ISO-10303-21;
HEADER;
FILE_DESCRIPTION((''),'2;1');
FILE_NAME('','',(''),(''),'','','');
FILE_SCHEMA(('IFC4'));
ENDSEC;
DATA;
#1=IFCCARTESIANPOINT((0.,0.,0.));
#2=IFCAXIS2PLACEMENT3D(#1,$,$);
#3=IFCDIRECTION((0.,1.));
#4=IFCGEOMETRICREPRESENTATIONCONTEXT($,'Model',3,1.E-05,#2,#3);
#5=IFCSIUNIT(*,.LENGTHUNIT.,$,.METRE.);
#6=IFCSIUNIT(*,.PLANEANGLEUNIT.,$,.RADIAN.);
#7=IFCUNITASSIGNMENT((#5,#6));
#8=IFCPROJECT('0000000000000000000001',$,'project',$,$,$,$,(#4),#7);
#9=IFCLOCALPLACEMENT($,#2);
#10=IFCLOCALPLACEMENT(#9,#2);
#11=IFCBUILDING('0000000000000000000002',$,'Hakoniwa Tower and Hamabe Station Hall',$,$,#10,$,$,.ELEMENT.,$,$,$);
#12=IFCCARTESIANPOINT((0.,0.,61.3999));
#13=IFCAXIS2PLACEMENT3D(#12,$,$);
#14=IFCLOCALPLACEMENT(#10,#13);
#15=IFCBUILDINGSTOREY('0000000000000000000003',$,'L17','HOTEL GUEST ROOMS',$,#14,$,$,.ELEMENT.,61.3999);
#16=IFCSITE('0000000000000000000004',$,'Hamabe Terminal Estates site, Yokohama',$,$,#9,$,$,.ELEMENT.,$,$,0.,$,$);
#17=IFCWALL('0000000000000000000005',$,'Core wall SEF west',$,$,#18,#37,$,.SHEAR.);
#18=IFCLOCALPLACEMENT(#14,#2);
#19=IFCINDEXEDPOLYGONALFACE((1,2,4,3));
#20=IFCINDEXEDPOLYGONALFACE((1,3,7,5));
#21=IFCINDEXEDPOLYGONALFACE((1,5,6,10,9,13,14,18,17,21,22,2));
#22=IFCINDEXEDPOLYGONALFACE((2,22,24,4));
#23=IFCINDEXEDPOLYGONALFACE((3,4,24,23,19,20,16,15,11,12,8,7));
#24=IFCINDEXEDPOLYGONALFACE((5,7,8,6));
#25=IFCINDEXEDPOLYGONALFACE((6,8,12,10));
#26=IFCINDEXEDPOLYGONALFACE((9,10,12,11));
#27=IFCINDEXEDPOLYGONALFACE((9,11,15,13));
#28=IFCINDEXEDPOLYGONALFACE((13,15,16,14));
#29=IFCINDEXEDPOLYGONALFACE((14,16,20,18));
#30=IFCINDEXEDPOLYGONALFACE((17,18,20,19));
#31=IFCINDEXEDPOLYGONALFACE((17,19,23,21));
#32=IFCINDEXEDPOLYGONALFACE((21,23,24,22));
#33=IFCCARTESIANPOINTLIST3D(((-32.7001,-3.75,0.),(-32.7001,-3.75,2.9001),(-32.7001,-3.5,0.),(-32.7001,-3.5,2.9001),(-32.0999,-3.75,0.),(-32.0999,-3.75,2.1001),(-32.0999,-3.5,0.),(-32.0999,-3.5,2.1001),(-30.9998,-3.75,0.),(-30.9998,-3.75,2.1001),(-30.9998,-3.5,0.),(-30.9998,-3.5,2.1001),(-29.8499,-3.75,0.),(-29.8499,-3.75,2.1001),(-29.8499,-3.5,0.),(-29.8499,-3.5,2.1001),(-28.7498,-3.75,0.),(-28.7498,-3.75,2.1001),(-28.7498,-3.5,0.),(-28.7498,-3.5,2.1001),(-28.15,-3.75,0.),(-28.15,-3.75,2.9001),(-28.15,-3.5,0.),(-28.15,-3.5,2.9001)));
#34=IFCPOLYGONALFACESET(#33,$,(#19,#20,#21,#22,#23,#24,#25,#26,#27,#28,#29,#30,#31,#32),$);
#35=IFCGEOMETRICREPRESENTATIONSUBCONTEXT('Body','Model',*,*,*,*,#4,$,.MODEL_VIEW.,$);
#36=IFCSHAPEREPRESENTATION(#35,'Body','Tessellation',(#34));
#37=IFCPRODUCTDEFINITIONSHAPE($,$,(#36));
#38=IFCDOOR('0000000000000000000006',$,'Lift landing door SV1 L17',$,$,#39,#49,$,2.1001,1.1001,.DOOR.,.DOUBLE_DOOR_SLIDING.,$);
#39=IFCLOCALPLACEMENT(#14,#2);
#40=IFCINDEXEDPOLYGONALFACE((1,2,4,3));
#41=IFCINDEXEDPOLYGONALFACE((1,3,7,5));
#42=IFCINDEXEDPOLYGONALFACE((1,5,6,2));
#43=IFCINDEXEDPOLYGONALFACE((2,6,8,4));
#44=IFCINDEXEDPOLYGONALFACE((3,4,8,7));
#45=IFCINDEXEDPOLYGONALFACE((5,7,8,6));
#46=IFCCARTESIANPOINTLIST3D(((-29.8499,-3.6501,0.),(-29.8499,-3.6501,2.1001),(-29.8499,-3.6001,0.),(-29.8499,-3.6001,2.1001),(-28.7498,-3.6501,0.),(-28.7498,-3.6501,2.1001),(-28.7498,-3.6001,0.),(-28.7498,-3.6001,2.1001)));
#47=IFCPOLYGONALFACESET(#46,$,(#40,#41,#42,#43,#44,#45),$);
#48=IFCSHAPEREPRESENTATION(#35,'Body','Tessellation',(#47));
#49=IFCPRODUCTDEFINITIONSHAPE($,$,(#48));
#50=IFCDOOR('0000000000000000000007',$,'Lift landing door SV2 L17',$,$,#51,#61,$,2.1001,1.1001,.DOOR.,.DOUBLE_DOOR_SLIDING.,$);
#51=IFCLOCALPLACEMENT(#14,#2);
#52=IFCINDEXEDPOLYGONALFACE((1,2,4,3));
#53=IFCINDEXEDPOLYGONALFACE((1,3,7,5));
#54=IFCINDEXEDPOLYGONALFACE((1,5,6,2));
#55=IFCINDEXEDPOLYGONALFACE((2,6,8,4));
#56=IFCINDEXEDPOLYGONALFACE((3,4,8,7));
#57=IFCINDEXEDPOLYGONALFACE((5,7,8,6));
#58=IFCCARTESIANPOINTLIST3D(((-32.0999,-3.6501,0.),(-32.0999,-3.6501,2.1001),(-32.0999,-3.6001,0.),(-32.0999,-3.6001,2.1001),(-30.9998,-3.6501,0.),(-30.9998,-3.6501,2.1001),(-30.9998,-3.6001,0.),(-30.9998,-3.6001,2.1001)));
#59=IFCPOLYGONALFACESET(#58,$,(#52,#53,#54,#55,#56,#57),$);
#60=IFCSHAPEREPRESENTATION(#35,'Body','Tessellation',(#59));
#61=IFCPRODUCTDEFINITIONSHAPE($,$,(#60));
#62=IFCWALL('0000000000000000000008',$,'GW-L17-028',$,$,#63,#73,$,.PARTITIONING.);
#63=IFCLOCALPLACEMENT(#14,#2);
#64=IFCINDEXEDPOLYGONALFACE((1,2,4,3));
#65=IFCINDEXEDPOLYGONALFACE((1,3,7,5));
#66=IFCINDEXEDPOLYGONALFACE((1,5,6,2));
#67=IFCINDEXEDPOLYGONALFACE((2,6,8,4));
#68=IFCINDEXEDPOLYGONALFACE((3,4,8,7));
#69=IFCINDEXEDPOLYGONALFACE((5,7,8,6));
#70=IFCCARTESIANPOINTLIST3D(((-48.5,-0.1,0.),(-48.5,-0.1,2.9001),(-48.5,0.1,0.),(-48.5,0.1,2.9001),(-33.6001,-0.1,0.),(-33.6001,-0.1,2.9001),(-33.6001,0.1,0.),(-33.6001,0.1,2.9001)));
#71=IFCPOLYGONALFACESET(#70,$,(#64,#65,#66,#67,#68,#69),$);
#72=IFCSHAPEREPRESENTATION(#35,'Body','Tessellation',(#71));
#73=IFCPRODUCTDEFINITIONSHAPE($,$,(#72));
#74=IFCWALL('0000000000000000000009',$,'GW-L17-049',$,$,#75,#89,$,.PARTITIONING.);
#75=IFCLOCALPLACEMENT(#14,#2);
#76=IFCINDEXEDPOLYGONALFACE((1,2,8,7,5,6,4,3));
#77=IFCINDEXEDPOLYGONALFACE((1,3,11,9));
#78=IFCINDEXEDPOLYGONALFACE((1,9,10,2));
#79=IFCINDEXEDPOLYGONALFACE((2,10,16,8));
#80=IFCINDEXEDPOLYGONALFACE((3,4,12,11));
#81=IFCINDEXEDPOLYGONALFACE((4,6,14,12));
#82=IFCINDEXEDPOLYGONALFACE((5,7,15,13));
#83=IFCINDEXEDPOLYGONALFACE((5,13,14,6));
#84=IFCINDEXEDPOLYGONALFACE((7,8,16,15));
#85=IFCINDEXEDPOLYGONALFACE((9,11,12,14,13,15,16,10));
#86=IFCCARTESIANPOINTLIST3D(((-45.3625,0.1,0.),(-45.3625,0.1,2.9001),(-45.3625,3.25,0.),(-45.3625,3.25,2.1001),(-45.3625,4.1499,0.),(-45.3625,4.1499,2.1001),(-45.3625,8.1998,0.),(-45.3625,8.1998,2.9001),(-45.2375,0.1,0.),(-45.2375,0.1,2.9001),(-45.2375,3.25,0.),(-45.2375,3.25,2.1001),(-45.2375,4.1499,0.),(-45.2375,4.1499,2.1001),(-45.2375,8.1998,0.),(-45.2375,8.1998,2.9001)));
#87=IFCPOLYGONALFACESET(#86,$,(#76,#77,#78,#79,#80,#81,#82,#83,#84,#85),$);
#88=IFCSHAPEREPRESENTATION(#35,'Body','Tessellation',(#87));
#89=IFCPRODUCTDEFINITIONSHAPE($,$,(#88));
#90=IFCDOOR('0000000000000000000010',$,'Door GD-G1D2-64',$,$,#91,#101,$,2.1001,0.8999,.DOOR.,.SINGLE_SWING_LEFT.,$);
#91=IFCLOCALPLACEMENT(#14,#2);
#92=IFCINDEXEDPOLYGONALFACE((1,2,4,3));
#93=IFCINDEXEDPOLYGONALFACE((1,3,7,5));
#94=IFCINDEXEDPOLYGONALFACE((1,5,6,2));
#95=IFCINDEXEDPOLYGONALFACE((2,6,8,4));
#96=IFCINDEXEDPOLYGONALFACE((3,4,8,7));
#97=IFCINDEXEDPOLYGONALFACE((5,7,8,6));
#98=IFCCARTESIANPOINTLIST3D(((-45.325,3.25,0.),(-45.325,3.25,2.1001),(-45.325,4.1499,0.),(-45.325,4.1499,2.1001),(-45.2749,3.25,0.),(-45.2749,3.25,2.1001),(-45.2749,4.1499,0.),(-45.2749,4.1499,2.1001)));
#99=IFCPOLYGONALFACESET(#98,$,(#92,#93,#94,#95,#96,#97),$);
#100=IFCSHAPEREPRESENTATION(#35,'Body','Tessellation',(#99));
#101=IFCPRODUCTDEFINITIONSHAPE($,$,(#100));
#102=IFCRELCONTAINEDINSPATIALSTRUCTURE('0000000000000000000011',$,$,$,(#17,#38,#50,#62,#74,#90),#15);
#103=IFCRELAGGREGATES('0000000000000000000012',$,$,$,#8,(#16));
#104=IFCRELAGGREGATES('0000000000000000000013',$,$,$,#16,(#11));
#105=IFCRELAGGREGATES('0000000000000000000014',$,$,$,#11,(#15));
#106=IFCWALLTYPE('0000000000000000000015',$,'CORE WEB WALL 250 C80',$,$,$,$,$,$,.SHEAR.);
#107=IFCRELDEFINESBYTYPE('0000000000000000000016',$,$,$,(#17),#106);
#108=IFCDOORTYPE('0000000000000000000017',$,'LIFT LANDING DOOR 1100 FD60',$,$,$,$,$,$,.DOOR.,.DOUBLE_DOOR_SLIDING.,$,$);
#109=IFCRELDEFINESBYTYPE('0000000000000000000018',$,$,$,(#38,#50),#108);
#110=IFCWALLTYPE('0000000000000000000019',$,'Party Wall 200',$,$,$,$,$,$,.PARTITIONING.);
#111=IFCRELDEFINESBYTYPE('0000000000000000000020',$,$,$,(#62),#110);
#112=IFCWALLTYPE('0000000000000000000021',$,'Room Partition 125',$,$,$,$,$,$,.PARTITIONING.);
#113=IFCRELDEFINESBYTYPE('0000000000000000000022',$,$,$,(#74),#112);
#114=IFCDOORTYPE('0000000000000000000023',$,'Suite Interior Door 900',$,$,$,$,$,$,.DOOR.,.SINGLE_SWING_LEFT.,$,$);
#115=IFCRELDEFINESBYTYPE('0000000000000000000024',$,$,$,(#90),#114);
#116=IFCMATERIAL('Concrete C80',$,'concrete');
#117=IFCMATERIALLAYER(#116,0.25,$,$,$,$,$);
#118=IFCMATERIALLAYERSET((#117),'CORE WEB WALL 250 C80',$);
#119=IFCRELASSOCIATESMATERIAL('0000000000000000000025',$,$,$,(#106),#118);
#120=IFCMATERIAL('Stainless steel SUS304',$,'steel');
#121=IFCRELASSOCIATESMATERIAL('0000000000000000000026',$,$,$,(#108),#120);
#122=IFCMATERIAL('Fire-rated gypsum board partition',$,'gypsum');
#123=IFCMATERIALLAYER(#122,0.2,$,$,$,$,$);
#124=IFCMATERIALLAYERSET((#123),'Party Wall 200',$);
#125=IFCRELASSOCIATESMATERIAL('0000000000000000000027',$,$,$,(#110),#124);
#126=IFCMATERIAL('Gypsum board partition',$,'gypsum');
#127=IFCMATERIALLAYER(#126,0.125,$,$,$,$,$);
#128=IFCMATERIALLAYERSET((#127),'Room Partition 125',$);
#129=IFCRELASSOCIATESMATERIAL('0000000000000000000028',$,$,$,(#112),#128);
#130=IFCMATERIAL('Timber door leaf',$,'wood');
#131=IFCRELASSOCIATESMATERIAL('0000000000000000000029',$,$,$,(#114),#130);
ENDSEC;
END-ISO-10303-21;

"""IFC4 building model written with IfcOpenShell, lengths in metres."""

from ifc_helpers import new_model, si_unit, direction, frame, frame_2d, origin, place, context, subcontext, project, spatial, rectangle, extrude, material, layer, layer_set, type_object, element, fill, save


model = new_model("IFC4")

# Units and contexts
model_context = context("Model", 3, precision=1e-05, world=origin(), true_north=direction((0.0, 1.0)))
body_context = subcontext(model_context, "Body", "Model", "MODEL_VIEW")
ifc_project = project(units=[si_unit("LENGTHUNIT", "METRE"), si_unit("PLANEANGLEUNIT", "RADIAN")], contexts=[model_context])

# Site, building, storey
site_placement = place(None, origin())
site = spatial("IfcSite", under=ifc_project, at=site_placement, Name="Hamabe Terminal Estates site, Yokohama", CompositionType="ELEMENT", RefElevation=0.0)
building_placement = place(site_placement, origin())
building = spatial("IfcBuilding", under=site, at=building_placement, Name="Hakoniwa Tower and Hamabe Station Hall", CompositionType="ELEMENT")
storey_placement = place(building_placement, frame((0.0, 0.0, 61.3999)))
storey = spatial("IfcBuildingStorey", under=building, at=storey_placement, Name="L17", Description="HOTEL GUEST ROOMS", CompositionType="ELEMENT", Elevation=61.3999)

# Shared definitions
ifc_material_1 = material(Name="Concrete C80", Category="concrete")
ifc_layer_1 = layer(ifc_material_1, 0.25)
ifc_layer_set_1 = layer_set([ifc_layer_1], Name="CORE WEB WALL 250 C80")
wall_type_1 = type_object("IfcWallType", Name="CORE WEB WALL 250 C80", PredefinedType="SHEAR", material=ifc_layer_set_1)
ifc_material_2 = material(Name="Stainless steel SUS304", Category="steel")
door_type_1 = type_object("IfcDoorType", Name="LIFT LANDING DOOR 1100 FD60", OperationType="DOUBLE_DOOR_SLIDING", PredefinedType="DOOR", material=ifc_material_2)

# Wall, openings, doors
wall_1_placement = place(storey_placement, frame((-32.7, -3.625, 0.0), z_axis=(0.0, 0.0, 1.0), x_axis=(1.0, 0.0, 0.0)))
wall_1 = element("IfcWall", 1, at=wall_1_placement, inside=storey, type_object=wall_type_1, Name="Core wall SEF west", PredefinedType="SHEAR", context=body_context, shape_type="SweptSolid", body=[
    extrude(rectangle(XDim=4.55, YDim=0.25, at=frame_2d((2.2749, 0.0))), origin(), (0.0, 0.0, 1.0), 2.9001),
])
opening_1_placement = place(wall_1_placement, frame((2.8501, 0.0, 0.0)))
opening_1 = element("IfcOpeningElement", 2, at=opening_1_placement, cuts=wall_1, PredefinedType="OPENING", context=body_context, shape_type="SweptSolid", body=[
    extrude(rectangle(XDim=1.1001, YDim=2.1001, at=frame_2d((0.55, 1.05))), frame((0.0, 0.135, 0.0), z_axis=(0.0, -1.0, 0.0), x_axis=(1.0, 0.0, 0.0)), (0.0, 0.0, 1.0), 0.27),
])
opening_2_placement = place(wall_1_placement, frame((0.6001, 0.0, 0.0)))
opening_2 = element("IfcOpeningElement", 3, at=opening_2_placement, cuts=wall_1, PredefinedType="OPENING", context=body_context, shape_type="SweptSolid", body=[
    extrude(rectangle(XDim=1.1001, YDim=2.1001, at=frame_2d((0.55, 1.05))), frame((0.0, 0.135, 0.0), z_axis=(0.0, -1.0, 0.0), x_axis=(1.0, 0.0, 0.0)), (0.0, 0.0, 1.0), 0.27),
])
door_1_placement = place(opening_1_placement, origin())
door_1 = element("IfcDoor", 4, at=door_1_placement, inside=storey, type_object=door_type_1, Name="Lift landing door SV1 L17", OperationType="DOUBLE_DOOR_SLIDING", OverallHeight=2.1001, OverallWidth=1.1001, PredefinedType="DOOR", context=body_context, shape_type="SweptSolid", body=[
    extrude(rectangle(XDim=1.1001, YDim=2.1001, at=frame_2d((0.55, 1.05))), frame((0.0, 0.0249, 0.0), z_axis=(0.0, -1.0, 0.0), x_axis=(1.0, 0.0, 0.0)), (0.0, 0.0, 1.0), 0.05),
])
fill(opening_1, door_1)
door_2_placement = place(opening_2_placement, origin())
door_2 = element("IfcDoor", 5, at=door_2_placement, inside=storey, type_object=door_type_1, Name="Lift landing door SV2 L17", OperationType="DOUBLE_DOOR_SLIDING", OverallHeight=2.1001, OverallWidth=1.1001, PredefinedType="DOOR", context=body_context, shape_type="SweptSolid", body=[
    extrude(rectangle(XDim=1.1001, YDim=2.1001, at=frame_2d((0.55, 1.05))), frame((0.0, 0.0249, 0.0), z_axis=(0.0, -1.0, 0.0), x_axis=(1.0, 0.0, 0.0)), (0.0, 0.0, 1.0), 0.05),
])
fill(opening_2, door_2)

# Wall
ifc_material_3 = material(Name="Fire-rated gypsum board partition", Category="gypsum")
ifc_layer_2 = layer(ifc_material_3, 0.2)
ifc_layer_set_2 = layer_set([ifc_layer_2], Name="Party Wall 200")
wall_type_2 = type_object("IfcWallType", Name="Party Wall 200", PredefinedType="PARTITIONING", material=ifc_layer_set_2)
wall_2_placement = place(storey_placement, frame((-48.5, 0.0, 0.0), z_axis=(0.0, 0.0, 1.0), x_axis=(1.0, 0.0, 0.0)))
element("IfcWall", 6, at=wall_2_placement, inside=storey, type_object=wall_type_2, Name="GW-L17-028", PredefinedType="PARTITIONING", context=body_context, shape_type="SweptSolid", body=[
    extrude(rectangle(XDim=14.8999, YDim=0.2, at=frame_2d((7.45, 0.0))), origin(), (0.0, 0.0, 1.0), 2.9001),
])

# Wall, opening, door
ifc_material_4 = material(Name="Gypsum board partition", Category="gypsum")
ifc_layer_3 = layer(ifc_material_4, 0.125)
ifc_layer_set_3 = layer_set([ifc_layer_3], Name="Room Partition 125")
wall_type_3 = type_object("IfcWallType", Name="Room Partition 125", PredefinedType="PARTITIONING", material=ifc_layer_set_3)
wall_3_placement = place(storey_placement, frame((-45.3, 0.1001, 0.0), z_axis=(0.0, 0.0, 1.0), x_axis=(0.0, 1.0, 0.0)))
wall_3 = element("IfcWall", 7, at=wall_3_placement, inside=storey, type_object=wall_type_3, Name="GW-L17-049", PredefinedType="PARTITIONING", context=body_context, shape_type="SweptSolid", body=[
    extrude(rectangle(XDim=8.0999, YDim=0.125, at=frame_2d((4.0498, 0.0))), origin(), (0.0, 0.0, 1.0), 2.9001),
])
opening_3_placement = place(wall_3_placement, frame((3.1499, 0.0, 0.0)))
opening_3 = element("IfcOpeningElement", 8, at=opening_3_placement, cuts=wall_3, PredefinedType="OPENING", context=body_context, shape_type="SweptSolid", body=[
    extrude(rectangle(XDim=0.8999, YDim=2.1001, at=frame_2d((0.45, 1.05))), frame((0.0, 0.0725, 0.0), z_axis=(0.0, -1.0, 0.0), x_axis=(1.0, 0.0, 0.0)), (0.0, 0.0, 1.0), 0.145),
])
ifc_material_5 = material(Name="Timber door leaf", Category="wood")
door_type_2 = type_object("IfcDoorType", Name="Suite Interior Door 900", OperationType="SINGLE_SWING_LEFT", PredefinedType="DOOR", material=ifc_material_5)
door_3_placement = place(opening_3_placement, origin())
door_3 = element("IfcDoor", 9, at=door_3_placement, inside=storey, type_object=door_type_2, Name="Door GD-G1D2-64", OperationType="SINGLE_SWING_LEFT", OverallHeight=2.1001, OverallWidth=0.8999, PredefinedType="DOOR", context=body_context, shape_type="SweptSolid", body=[
    extrude(rectangle(XDim=0.8999, YDim=2.1001, at=frame_2d((0.45, 1.05))), frame((0.0, 0.0249, 0.0), z_axis=(0.0, -1.0, 0.0), x_axis=(1.0, 0.0, 0.0)), (0.0, 0.0, 1.0), 0.05),
])
fill(opening_3, door_3)

save(model, "model.ifc")
